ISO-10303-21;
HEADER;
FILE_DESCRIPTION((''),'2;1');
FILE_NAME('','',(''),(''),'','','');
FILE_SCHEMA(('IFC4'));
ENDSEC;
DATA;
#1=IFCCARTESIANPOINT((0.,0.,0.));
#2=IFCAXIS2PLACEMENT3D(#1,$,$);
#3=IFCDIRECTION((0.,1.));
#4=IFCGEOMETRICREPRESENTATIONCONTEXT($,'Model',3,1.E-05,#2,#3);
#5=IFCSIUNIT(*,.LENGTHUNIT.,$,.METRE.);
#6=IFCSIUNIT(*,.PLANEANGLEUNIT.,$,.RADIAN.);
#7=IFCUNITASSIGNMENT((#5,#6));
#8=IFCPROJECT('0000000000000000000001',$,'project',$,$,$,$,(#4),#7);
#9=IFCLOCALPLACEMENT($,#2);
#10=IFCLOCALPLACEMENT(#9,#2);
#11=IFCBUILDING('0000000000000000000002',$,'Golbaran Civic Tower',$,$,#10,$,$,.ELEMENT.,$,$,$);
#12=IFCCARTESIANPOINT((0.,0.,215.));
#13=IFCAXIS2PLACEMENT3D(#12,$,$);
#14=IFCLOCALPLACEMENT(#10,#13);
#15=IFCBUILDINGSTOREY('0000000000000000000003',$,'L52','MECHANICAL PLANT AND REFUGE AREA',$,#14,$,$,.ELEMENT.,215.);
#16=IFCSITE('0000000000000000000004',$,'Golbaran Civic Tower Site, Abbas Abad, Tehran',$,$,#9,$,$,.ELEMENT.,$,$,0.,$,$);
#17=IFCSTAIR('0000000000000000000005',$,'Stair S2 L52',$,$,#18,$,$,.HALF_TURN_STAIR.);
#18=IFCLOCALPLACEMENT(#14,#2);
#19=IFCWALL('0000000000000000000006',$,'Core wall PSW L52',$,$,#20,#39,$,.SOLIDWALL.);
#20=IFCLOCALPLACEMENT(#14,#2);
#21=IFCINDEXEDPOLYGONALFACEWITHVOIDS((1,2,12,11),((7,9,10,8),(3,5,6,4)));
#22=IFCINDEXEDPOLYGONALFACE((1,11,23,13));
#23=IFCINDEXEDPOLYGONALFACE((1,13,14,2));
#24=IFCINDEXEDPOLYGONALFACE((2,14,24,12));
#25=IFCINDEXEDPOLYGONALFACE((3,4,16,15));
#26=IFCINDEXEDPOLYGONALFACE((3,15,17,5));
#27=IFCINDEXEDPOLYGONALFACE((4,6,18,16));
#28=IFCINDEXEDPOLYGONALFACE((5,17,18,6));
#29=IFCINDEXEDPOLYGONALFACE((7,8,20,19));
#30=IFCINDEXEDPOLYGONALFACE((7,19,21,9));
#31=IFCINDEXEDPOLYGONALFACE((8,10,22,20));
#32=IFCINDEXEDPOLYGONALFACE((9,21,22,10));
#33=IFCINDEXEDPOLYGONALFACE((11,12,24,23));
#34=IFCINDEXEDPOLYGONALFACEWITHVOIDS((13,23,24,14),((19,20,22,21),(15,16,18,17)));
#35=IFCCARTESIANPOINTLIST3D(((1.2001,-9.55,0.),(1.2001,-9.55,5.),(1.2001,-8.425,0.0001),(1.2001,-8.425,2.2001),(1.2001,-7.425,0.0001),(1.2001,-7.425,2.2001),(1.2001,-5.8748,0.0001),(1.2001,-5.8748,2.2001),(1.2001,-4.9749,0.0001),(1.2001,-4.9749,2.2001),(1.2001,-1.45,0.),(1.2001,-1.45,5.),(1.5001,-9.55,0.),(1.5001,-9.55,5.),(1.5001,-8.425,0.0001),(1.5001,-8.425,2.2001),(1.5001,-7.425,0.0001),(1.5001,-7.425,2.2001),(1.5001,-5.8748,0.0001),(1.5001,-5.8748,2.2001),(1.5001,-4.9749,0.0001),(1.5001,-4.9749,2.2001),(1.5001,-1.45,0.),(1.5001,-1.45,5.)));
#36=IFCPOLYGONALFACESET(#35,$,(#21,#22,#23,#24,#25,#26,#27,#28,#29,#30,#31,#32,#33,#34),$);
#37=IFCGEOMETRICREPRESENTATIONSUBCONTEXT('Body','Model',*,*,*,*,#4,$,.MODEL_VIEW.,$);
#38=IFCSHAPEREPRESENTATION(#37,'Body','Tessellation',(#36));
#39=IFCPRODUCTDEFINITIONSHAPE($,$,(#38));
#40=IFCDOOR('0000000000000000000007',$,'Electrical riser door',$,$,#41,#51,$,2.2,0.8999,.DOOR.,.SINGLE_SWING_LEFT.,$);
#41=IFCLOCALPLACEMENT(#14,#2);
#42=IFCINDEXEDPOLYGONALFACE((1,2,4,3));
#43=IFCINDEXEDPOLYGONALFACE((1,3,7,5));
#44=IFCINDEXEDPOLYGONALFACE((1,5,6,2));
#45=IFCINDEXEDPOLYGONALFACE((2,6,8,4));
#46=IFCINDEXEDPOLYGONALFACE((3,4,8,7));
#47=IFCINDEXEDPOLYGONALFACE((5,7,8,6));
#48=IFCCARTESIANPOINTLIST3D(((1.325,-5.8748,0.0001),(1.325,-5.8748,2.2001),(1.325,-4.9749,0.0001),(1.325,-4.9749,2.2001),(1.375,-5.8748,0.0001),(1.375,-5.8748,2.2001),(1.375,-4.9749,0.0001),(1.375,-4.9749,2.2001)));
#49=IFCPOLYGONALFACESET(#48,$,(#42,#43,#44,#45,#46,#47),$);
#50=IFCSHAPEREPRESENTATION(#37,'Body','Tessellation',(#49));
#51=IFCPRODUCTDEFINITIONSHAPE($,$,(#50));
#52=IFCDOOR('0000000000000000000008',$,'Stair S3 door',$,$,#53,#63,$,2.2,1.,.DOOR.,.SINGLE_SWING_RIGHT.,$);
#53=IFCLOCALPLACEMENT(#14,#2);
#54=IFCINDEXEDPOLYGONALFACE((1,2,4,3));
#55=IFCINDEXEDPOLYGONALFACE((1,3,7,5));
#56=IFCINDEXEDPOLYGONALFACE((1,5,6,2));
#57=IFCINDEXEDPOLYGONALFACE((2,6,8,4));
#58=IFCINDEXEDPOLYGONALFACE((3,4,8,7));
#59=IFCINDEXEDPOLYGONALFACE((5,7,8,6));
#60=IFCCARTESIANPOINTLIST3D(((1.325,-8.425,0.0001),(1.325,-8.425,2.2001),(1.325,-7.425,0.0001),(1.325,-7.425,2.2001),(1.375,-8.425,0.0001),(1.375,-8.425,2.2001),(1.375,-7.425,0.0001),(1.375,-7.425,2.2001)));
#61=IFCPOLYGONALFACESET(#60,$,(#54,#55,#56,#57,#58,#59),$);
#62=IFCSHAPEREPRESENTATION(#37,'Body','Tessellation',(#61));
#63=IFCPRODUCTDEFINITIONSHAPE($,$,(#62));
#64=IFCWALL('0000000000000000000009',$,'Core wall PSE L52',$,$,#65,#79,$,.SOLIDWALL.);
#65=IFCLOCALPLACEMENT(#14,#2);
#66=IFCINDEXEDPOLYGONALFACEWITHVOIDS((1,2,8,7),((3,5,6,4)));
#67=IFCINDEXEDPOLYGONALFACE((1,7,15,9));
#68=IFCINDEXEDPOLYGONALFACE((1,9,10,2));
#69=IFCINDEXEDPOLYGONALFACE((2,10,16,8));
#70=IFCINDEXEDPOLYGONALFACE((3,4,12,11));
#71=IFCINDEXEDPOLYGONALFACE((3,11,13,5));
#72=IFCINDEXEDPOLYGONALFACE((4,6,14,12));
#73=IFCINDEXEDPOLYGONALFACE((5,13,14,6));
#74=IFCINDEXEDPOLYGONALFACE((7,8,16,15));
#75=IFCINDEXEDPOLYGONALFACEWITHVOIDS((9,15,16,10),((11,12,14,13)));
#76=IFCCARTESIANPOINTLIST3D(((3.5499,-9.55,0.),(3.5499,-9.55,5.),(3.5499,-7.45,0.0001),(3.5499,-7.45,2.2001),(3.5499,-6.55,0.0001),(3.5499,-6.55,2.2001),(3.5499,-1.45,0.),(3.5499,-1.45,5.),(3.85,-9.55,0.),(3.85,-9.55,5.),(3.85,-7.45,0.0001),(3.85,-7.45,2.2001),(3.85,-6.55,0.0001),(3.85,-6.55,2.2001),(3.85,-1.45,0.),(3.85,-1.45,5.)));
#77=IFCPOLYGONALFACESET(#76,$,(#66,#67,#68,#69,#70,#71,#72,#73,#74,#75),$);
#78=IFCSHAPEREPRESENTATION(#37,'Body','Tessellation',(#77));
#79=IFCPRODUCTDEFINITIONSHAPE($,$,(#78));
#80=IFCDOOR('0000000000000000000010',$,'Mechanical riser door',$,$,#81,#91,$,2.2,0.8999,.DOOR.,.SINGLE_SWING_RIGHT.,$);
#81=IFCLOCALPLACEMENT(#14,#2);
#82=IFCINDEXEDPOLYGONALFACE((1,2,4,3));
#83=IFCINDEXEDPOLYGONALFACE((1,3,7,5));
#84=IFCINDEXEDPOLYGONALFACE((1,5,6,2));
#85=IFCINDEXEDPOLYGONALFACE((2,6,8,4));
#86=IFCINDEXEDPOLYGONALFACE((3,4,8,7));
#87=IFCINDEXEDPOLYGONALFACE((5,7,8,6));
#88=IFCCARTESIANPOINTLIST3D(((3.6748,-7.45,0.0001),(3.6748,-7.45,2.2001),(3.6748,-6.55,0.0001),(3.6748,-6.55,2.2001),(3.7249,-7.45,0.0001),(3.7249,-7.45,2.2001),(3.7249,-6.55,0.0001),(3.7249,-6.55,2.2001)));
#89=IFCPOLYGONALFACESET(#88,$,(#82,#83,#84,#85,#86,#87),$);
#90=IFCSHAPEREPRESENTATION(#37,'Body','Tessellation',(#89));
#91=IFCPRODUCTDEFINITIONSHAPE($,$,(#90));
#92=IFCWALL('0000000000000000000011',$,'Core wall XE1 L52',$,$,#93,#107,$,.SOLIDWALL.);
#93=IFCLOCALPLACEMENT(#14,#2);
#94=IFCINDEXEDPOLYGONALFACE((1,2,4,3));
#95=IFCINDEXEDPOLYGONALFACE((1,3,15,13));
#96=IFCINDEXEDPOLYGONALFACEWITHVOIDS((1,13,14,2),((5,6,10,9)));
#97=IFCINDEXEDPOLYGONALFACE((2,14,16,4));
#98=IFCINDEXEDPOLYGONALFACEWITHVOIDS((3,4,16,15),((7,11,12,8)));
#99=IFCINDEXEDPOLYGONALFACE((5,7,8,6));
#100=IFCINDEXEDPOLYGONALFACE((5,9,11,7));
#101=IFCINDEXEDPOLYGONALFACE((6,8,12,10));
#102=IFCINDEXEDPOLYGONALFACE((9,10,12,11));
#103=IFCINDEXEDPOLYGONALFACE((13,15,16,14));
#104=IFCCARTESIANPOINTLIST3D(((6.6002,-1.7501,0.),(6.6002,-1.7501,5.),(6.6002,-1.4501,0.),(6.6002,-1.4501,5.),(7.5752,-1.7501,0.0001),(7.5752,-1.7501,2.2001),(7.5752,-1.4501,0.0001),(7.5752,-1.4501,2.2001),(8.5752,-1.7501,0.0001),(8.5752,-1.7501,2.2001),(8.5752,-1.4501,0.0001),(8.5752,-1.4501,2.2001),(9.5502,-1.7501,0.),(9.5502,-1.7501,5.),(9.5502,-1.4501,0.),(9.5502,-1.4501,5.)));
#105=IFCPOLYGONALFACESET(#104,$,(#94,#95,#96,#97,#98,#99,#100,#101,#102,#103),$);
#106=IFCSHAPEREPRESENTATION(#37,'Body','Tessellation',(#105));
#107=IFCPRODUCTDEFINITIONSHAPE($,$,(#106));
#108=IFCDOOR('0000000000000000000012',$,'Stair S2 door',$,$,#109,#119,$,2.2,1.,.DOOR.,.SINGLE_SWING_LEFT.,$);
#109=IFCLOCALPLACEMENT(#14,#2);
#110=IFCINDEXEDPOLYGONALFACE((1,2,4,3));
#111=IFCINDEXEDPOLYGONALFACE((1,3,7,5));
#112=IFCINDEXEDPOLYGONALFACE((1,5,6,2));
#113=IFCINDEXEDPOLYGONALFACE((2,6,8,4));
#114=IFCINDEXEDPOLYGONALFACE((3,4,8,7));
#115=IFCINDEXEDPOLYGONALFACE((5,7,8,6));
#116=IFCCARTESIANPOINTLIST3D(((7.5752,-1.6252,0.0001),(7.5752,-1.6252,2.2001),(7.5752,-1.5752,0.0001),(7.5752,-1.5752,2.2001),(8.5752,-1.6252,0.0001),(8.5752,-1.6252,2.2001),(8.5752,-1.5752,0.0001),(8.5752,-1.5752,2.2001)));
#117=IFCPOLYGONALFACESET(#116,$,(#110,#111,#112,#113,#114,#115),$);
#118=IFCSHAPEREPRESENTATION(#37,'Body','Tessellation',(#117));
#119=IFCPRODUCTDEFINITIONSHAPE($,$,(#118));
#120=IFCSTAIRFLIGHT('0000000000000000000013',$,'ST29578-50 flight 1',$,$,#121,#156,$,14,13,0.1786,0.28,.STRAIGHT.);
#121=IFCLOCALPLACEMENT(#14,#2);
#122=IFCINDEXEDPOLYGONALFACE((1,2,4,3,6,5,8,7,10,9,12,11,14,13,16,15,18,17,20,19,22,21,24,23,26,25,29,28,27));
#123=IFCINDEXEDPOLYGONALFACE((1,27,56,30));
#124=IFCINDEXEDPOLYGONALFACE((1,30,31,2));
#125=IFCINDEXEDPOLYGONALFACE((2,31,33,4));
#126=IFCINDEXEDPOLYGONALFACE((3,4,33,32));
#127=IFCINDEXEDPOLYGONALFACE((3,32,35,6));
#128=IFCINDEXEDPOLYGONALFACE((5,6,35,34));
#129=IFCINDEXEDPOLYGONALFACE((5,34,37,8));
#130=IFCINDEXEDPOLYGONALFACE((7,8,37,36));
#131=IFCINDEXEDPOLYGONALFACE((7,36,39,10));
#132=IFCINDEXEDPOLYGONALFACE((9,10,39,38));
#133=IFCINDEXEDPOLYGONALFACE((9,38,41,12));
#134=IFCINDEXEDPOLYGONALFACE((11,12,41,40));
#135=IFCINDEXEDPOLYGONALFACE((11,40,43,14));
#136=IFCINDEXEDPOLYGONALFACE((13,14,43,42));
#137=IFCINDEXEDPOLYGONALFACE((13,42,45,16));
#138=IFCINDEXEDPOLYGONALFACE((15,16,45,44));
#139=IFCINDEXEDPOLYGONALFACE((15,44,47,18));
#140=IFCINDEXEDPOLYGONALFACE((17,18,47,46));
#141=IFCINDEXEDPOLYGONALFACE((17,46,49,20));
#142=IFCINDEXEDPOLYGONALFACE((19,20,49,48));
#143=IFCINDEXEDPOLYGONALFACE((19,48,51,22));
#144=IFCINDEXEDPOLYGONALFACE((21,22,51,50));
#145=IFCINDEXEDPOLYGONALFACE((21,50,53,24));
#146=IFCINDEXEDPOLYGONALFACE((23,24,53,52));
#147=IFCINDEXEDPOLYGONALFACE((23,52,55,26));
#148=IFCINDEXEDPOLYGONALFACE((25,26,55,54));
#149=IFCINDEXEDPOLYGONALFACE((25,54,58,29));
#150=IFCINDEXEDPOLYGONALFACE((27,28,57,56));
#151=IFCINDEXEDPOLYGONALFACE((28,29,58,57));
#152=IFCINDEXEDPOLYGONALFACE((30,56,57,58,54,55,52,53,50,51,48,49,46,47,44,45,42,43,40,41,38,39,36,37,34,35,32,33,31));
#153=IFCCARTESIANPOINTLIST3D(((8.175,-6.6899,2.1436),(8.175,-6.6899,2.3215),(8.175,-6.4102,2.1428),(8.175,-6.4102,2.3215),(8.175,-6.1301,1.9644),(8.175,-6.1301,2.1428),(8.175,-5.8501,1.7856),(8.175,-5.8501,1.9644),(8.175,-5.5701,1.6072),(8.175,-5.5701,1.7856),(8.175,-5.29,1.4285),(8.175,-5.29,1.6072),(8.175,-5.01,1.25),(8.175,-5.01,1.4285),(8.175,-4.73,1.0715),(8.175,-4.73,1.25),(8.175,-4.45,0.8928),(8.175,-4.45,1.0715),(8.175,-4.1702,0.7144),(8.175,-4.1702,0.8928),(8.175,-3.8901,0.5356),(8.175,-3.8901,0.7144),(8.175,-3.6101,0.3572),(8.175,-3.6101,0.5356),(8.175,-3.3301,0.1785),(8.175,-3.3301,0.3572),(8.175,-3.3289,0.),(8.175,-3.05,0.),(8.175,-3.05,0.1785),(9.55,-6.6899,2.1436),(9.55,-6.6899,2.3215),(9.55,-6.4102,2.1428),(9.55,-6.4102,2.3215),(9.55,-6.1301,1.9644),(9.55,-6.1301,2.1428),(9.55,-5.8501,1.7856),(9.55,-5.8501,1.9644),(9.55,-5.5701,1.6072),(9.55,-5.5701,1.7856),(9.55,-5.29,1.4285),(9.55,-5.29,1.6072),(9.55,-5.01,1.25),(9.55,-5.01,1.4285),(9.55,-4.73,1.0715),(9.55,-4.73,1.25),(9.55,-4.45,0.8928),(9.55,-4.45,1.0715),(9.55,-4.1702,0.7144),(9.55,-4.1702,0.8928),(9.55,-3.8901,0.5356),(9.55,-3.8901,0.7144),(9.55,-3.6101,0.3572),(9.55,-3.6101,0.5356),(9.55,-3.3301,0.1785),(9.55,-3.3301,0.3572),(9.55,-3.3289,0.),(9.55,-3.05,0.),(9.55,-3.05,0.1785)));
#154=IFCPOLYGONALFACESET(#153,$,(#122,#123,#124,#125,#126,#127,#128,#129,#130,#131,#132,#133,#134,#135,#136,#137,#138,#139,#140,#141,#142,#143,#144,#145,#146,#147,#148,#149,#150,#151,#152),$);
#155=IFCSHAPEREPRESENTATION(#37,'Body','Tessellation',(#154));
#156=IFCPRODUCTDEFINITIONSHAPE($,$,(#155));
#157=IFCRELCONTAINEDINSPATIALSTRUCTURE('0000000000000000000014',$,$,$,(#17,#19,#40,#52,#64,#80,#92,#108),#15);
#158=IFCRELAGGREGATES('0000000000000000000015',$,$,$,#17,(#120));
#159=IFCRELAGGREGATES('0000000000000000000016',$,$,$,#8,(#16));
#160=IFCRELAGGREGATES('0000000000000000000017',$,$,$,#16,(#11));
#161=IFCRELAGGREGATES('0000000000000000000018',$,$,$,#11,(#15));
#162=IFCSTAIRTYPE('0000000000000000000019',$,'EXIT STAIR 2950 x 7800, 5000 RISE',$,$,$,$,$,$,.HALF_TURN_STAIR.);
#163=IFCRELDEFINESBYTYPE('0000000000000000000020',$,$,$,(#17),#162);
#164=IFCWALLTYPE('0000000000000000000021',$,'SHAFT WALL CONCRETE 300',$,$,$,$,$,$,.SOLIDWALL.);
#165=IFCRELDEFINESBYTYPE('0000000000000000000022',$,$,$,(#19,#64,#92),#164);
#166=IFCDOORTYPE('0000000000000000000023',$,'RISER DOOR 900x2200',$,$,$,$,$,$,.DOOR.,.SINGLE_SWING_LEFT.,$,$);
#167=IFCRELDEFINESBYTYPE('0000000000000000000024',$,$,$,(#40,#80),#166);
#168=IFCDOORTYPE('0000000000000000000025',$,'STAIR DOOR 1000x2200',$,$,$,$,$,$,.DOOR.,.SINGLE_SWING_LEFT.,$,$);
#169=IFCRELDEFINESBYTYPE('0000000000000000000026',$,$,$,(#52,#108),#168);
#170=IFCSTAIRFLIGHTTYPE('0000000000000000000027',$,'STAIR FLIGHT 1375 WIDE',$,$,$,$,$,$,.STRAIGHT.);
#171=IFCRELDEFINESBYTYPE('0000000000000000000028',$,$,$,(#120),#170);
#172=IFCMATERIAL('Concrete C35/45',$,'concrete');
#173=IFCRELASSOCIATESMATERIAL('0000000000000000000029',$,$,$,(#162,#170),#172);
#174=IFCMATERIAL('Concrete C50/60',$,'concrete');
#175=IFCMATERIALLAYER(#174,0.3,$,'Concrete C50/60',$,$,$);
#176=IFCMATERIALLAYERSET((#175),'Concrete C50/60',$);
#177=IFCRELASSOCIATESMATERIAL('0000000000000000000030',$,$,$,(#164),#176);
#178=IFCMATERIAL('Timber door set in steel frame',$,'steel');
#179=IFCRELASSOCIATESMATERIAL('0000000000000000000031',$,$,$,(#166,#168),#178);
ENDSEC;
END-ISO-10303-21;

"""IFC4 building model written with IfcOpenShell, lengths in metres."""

from ifc_helpers import new_model, si_unit, direction, frame, frame_2d, origin, place, context, subcontext, project, spatial, polyline, rectangle, outline, extrude, material, layer, layer_set, type_object, element, fill, aggregate, save


model = new_model("IFC4")

# Units and contexts
model_context = context("Model", 3, precision=1e-05, world=origin(), true_north=direction((0.0, 1.0)))
body_context = subcontext(model_context, "Body", "Model", "MODEL_VIEW")
ifc_project = project(units=[si_unit("LENGTHUNIT", "METRE"), si_unit("PLANEANGLEUNIT", "RADIAN")], contexts=[model_context])

# Site, building, storey
site_placement = place(None, origin())
site = spatial("IfcSite", under=ifc_project, at=site_placement, Name="Golbaran Civic Tower Site, Abbas Abad, Tehran", CompositionType="ELEMENT", RefElevation=0.0)
building_placement = place(site_placement, origin())
building = spatial("IfcBuilding", under=site, at=building_placement, Name="Golbaran Civic Tower", CompositionType="ELEMENT")
storey_placement = place(building_placement, frame((0.0, 0.0, 215.0)))
storey = spatial("IfcBuildingStorey", under=building, at=storey_placement, Name="L52", Description="MECHANICAL PLANT AND REFUGE AREA", CompositionType="ELEMENT", Elevation=215.0)

# Shared definitions
ifc_material_1 = material(Name="Concrete C35/45", Category="concrete")

# Shared definitions
stair_type_1 = type_object("IfcStairType", Name="EXIT STAIR 2950 x 7800, 5000 RISE", PredefinedType="HALF_TURN_STAIR", material=ifc_material_1)

# Stair
stair_1_placement = place(storey_placement, origin())
stair_1 = element("IfcStair", 1, at=stair_1_placement, inside=storey, type_object=stair_type_1, Name="Stair S2 L52", PredefinedType="HALF_TURN_STAIR")

# Shared definitions
ifc_material_2 = material(Name="Timber door set in steel frame", Category="steel")

# Shared definitions
ifc_material_3 = material(Name="Concrete C50/60", Category="concrete")
ifc_layer_1 = layer(ifc_material_3, 0.3, Name="Concrete C50/60")
ifc_layer_set_1 = layer_set([ifc_layer_1], Name="Concrete C50/60")
wall_type_1 = type_object("IfcWallType", Name="SHAFT WALL CONCRETE 300", PredefinedType="SOLIDWALL", material=ifc_layer_set_1)

# Wall, openings, doors
wall_1_placement = place(storey_placement, frame((1.3501, -1.45, 0.0), z_axis=(0.0, 0.0, 1.0), x_axis=(0.0, -1.0, 0.0)))
wall_1 = element("IfcWall", 2, at=wall_1_placement, inside=storey, type_object=wall_type_1, Name="Core wall PSW L52", PredefinedType="SOLIDWALL", context=body_context, shape_type="SweptSolid", body=[
    extrude(rectangle(XDim=8.1001, YDim=0.3, at=frame_2d((4.05, 0.0))), origin(), (0.0, 0.0, 1.0), 5.0),
])
opening_1_placement = place(wall_1_placement, frame((5.9751, 0.0, 0.0)))
opening_1 = element("IfcOpeningElement", 3, at=opening_1_placement, cuts=wall_1, PredefinedType="OPENING", context=body_context, shape_type="SweptSolid", body=[
    extrude(rectangle(XDim=1.0, YDim=2.2, at=frame_2d((0.5, 1.1001))), frame((0.0, 0.1599, 0.0), z_axis=(0.0, -1.0, 0.0), x_axis=(1.0, 0.0, 0.0)), (0.0, 0.0, 1.0), 0.3201),
])
opening_2_placement = place(wall_1_placement, frame((3.5249, 0.0, 0.0)))
opening_2 = element("IfcOpeningElement", 4, at=opening_2_placement, cuts=wall_1, PredefinedType="OPENING", context=body_context, shape_type="SweptSolid", body=[
    extrude(rectangle(XDim=0.8999, YDim=2.2, at=frame_2d((0.45, 1.1001))), frame((0.0, 0.1599, 0.0), z_axis=(0.0, -1.0, 0.0), x_axis=(1.0, 0.0, 0.0)), (0.0, 0.0, 1.0), 0.3201),
])
door_type_1 = type_object("IfcDoorType", Name="RISER DOOR 900x2200", OperationType="SINGLE_SWING_LEFT", PredefinedType="DOOR", material=ifc_material_2)
door_1_placement = place(opening_2_placement, origin())
door_1 = element("IfcDoor", 5, at=door_1_placement, inside=storey, type_object=door_type_1, Name="Electrical riser door", OperationType="SINGLE_SWING_LEFT", OverallHeight=2.2, OverallWidth=0.8999, PredefinedType="DOOR", context=body_context, shape_type="SweptSolid", body=[
    extrude(rectangle(XDim=0.8999, YDim=2.2, at=frame_2d((0.45, 1.1001))), frame((0.0, 0.0249, 0.0), z_axis=(0.0, -1.0, 0.0), x_axis=(1.0, 0.0, 0.0)), (0.0, 0.0, 1.0), 0.05),
])
fill(opening_2, door_1)
door_type_2 = type_object("IfcDoorType", Name="STAIR DOOR 1000x2200", OperationType="SINGLE_SWING_LEFT", PredefinedType="DOOR", material=ifc_material_2)
door_2_placement = place(opening_1_placement, origin())
door_2 = element("IfcDoor", 6, at=door_2_placement, inside=storey, type_object=door_type_2, Name="Stair S3 door", OperationType="SINGLE_SWING_RIGHT", OverallHeight=2.2, OverallWidth=1.0, PredefinedType="DOOR", context=body_context, shape_type="SweptSolid", body=[
    extrude(rectangle(XDim=1.0, YDim=2.2, at=frame_2d((0.5, 1.1001))), frame((0.0, 0.0249, 0.0), z_axis=(0.0, -1.0, 0.0), x_axis=(1.0, 0.0, 0.0)), (0.0, 0.0, 1.0), 0.05),
])
fill(opening_1, door_2)

# Walls, openings, doors
wall_2_placement = place(storey_placement, frame((3.7, -1.45, 0.0), z_axis=(0.0, 0.0, 1.0), x_axis=(0.0, -1.0, 0.0)))
wall_2 = element("IfcWall", 7, at=wall_2_placement, inside=storey, type_object=wall_type_1, Name="Core wall PSE L52", PredefinedType="SOLIDWALL", context=body_context, shape_type="SweptSolid", body=[
    extrude(rectangle(XDim=8.1001, YDim=0.3, at=frame_2d((4.05, 0.0))), origin(), (0.0, 0.0, 1.0), 5.0),
])
opening_3_placement = place(wall_2_placement, frame((5.1001, 0.0, 0.0)))
opening_3 = element("IfcOpeningElement", 8, at=opening_3_placement, cuts=wall_2, PredefinedType="OPENING", context=body_context, shape_type="SweptSolid", body=[
    extrude(rectangle(XDim=0.8999, YDim=2.2, at=frame_2d((0.45, 1.1001))), frame((0.0, 0.1599, 0.0), z_axis=(0.0, -1.0, 0.0), x_axis=(1.0, 0.0, 0.0)), (0.0, 0.0, 1.0), 0.3201),
])
door_3_placement = place(opening_3_placement, origin())
door_3 = element("IfcDoor", 9, at=door_3_placement, inside=storey, type_object=door_type_1, Name="Mechanical riser door", OperationType="SINGLE_SWING_RIGHT", OverallHeight=2.2, OverallWidth=0.8999, PredefinedType="DOOR", context=body_context, shape_type="SweptSolid", body=[
    extrude(rectangle(XDim=0.8999, YDim=2.2, at=frame_2d((0.45, 1.1001))), frame((0.0, 0.0249, 0.0), z_axis=(0.0, -1.0, 0.0), x_axis=(1.0, 0.0, 0.0)), (0.0, 0.0, 1.0), 0.05),
])
fill(opening_3, door_3)
wall_3_placement = place(storey_placement, frame((6.6001, -1.6001, 0.0), z_axis=(0.0, 0.0, 1.0), x_axis=(1.0, 0.0, 0.0)))
wall_3 = element("IfcWall", 10, at=wall_3_placement, inside=storey, type_object=wall_type_1, Name="Core wall XE1 L52", PredefinedType="SOLIDWALL", context=body_context, shape_type="SweptSolid", body=[
    extrude(rectangle(XDim=2.95, YDim=0.3, at=frame_2d((1.4751, 0.0))), origin(), (0.0, 0.0, 1.0), 5.0),
])
opening_4_placement = place(wall_3_placement, frame((0.9751, 0.0, 0.0)))
opening_4 = element("IfcOpeningElement", 11, at=opening_4_placement, cuts=wall_3, PredefinedType="OPENING", context=body_context, shape_type="SweptSolid", body=[
    extrude(rectangle(XDim=1.0, YDim=2.2, at=frame_2d((0.5, 1.1001))), frame((0.0, 0.1599, 0.0), z_axis=(0.0, -1.0, 0.0), x_axis=(1.0, 0.0, 0.0)), (0.0, 0.0, 1.0), 0.3201),
])
door_4_placement = place(opening_4_placement, origin())
door_4 = element("IfcDoor", 12, at=door_4_placement, inside=storey, type_object=door_type_2, Name="Stair S2 door", OperationType="SINGLE_SWING_LEFT", OverallHeight=2.2, OverallWidth=1.0, PredefinedType="DOOR", context=body_context, shape_type="SweptSolid", body=[
    extrude(rectangle(XDim=1.0, YDim=2.2, at=frame_2d((0.5, 1.1001))), frame((0.0, 0.0249, 0.0), z_axis=(0.0, -1.0, 0.0), x_axis=(1.0, 0.0, 0.0)), (0.0, 0.0, 1.0), 0.05),
])
fill(opening_4, door_4)

# Stair flight
stair_flight_type = type_object("IfcStairFlightType", Name="STAIR FLIGHT 1375 WIDE", PredefinedType="STRAIGHT", material=ifc_material_1)
stair_flight_1_placement = place(storey_placement, frame((8.8625, -3.05, 0.0), z_axis=(0.0, 0.0, 1.0), x_axis=(0.0, -1.0, 0.0)))
stair_flight_1 = element("IfcStairFlight", 13, at=stair_flight_1_placement, type_object=stair_flight_type, Name="ST29578-50 flight 1", NumberOfRisers=14, NumberOfTreads=13, PredefinedType="STRAIGHT", RiserHeight=0.1786, TreadLength=0.28, context=body_context, shape_type="SweptSolid", body=[
    extrude(outline(polyline([(0.0, 0.0), (0.0, 0.1785), (0.28, 0.1785), (0.28, 0.3572), (0.5601, 0.3572), (0.5601, 0.5356), (0.8401, 0.5356), (0.8401, 0.7144), (1.1201, 0.7144), (1.1201, 0.8928), (1.3999, 0.8928), (1.3999, 1.0715), (1.6799, 1.0715), (1.6799, 1.25), (1.96, 1.25), (1.96, 1.4285), (2.24, 1.4285), (2.24, 1.6072), (2.52, 1.6072), (2.52, 1.7856), (2.8, 1.7856), (2.8, 1.9644), (3.0801, 1.9644), (3.0801, 2.1428), (3.3601, 2.1428), (3.3601, 2.3215), (3.6399, 2.3215), (3.6399, 2.5), (3.6399, 2.1436), (0.2788, 0.0), (0.0, 0.0)])), frame((0.0, 0.6875, 0.0), z_axis=(0.0, -1.0, 0.0), x_axis=(1.0, 0.0, 0.0)), (0.0, 0.0, 1.0), 1.375),
])
aggregate(stair_1, [stair_flight_1])

save(model, "model.ifc")
